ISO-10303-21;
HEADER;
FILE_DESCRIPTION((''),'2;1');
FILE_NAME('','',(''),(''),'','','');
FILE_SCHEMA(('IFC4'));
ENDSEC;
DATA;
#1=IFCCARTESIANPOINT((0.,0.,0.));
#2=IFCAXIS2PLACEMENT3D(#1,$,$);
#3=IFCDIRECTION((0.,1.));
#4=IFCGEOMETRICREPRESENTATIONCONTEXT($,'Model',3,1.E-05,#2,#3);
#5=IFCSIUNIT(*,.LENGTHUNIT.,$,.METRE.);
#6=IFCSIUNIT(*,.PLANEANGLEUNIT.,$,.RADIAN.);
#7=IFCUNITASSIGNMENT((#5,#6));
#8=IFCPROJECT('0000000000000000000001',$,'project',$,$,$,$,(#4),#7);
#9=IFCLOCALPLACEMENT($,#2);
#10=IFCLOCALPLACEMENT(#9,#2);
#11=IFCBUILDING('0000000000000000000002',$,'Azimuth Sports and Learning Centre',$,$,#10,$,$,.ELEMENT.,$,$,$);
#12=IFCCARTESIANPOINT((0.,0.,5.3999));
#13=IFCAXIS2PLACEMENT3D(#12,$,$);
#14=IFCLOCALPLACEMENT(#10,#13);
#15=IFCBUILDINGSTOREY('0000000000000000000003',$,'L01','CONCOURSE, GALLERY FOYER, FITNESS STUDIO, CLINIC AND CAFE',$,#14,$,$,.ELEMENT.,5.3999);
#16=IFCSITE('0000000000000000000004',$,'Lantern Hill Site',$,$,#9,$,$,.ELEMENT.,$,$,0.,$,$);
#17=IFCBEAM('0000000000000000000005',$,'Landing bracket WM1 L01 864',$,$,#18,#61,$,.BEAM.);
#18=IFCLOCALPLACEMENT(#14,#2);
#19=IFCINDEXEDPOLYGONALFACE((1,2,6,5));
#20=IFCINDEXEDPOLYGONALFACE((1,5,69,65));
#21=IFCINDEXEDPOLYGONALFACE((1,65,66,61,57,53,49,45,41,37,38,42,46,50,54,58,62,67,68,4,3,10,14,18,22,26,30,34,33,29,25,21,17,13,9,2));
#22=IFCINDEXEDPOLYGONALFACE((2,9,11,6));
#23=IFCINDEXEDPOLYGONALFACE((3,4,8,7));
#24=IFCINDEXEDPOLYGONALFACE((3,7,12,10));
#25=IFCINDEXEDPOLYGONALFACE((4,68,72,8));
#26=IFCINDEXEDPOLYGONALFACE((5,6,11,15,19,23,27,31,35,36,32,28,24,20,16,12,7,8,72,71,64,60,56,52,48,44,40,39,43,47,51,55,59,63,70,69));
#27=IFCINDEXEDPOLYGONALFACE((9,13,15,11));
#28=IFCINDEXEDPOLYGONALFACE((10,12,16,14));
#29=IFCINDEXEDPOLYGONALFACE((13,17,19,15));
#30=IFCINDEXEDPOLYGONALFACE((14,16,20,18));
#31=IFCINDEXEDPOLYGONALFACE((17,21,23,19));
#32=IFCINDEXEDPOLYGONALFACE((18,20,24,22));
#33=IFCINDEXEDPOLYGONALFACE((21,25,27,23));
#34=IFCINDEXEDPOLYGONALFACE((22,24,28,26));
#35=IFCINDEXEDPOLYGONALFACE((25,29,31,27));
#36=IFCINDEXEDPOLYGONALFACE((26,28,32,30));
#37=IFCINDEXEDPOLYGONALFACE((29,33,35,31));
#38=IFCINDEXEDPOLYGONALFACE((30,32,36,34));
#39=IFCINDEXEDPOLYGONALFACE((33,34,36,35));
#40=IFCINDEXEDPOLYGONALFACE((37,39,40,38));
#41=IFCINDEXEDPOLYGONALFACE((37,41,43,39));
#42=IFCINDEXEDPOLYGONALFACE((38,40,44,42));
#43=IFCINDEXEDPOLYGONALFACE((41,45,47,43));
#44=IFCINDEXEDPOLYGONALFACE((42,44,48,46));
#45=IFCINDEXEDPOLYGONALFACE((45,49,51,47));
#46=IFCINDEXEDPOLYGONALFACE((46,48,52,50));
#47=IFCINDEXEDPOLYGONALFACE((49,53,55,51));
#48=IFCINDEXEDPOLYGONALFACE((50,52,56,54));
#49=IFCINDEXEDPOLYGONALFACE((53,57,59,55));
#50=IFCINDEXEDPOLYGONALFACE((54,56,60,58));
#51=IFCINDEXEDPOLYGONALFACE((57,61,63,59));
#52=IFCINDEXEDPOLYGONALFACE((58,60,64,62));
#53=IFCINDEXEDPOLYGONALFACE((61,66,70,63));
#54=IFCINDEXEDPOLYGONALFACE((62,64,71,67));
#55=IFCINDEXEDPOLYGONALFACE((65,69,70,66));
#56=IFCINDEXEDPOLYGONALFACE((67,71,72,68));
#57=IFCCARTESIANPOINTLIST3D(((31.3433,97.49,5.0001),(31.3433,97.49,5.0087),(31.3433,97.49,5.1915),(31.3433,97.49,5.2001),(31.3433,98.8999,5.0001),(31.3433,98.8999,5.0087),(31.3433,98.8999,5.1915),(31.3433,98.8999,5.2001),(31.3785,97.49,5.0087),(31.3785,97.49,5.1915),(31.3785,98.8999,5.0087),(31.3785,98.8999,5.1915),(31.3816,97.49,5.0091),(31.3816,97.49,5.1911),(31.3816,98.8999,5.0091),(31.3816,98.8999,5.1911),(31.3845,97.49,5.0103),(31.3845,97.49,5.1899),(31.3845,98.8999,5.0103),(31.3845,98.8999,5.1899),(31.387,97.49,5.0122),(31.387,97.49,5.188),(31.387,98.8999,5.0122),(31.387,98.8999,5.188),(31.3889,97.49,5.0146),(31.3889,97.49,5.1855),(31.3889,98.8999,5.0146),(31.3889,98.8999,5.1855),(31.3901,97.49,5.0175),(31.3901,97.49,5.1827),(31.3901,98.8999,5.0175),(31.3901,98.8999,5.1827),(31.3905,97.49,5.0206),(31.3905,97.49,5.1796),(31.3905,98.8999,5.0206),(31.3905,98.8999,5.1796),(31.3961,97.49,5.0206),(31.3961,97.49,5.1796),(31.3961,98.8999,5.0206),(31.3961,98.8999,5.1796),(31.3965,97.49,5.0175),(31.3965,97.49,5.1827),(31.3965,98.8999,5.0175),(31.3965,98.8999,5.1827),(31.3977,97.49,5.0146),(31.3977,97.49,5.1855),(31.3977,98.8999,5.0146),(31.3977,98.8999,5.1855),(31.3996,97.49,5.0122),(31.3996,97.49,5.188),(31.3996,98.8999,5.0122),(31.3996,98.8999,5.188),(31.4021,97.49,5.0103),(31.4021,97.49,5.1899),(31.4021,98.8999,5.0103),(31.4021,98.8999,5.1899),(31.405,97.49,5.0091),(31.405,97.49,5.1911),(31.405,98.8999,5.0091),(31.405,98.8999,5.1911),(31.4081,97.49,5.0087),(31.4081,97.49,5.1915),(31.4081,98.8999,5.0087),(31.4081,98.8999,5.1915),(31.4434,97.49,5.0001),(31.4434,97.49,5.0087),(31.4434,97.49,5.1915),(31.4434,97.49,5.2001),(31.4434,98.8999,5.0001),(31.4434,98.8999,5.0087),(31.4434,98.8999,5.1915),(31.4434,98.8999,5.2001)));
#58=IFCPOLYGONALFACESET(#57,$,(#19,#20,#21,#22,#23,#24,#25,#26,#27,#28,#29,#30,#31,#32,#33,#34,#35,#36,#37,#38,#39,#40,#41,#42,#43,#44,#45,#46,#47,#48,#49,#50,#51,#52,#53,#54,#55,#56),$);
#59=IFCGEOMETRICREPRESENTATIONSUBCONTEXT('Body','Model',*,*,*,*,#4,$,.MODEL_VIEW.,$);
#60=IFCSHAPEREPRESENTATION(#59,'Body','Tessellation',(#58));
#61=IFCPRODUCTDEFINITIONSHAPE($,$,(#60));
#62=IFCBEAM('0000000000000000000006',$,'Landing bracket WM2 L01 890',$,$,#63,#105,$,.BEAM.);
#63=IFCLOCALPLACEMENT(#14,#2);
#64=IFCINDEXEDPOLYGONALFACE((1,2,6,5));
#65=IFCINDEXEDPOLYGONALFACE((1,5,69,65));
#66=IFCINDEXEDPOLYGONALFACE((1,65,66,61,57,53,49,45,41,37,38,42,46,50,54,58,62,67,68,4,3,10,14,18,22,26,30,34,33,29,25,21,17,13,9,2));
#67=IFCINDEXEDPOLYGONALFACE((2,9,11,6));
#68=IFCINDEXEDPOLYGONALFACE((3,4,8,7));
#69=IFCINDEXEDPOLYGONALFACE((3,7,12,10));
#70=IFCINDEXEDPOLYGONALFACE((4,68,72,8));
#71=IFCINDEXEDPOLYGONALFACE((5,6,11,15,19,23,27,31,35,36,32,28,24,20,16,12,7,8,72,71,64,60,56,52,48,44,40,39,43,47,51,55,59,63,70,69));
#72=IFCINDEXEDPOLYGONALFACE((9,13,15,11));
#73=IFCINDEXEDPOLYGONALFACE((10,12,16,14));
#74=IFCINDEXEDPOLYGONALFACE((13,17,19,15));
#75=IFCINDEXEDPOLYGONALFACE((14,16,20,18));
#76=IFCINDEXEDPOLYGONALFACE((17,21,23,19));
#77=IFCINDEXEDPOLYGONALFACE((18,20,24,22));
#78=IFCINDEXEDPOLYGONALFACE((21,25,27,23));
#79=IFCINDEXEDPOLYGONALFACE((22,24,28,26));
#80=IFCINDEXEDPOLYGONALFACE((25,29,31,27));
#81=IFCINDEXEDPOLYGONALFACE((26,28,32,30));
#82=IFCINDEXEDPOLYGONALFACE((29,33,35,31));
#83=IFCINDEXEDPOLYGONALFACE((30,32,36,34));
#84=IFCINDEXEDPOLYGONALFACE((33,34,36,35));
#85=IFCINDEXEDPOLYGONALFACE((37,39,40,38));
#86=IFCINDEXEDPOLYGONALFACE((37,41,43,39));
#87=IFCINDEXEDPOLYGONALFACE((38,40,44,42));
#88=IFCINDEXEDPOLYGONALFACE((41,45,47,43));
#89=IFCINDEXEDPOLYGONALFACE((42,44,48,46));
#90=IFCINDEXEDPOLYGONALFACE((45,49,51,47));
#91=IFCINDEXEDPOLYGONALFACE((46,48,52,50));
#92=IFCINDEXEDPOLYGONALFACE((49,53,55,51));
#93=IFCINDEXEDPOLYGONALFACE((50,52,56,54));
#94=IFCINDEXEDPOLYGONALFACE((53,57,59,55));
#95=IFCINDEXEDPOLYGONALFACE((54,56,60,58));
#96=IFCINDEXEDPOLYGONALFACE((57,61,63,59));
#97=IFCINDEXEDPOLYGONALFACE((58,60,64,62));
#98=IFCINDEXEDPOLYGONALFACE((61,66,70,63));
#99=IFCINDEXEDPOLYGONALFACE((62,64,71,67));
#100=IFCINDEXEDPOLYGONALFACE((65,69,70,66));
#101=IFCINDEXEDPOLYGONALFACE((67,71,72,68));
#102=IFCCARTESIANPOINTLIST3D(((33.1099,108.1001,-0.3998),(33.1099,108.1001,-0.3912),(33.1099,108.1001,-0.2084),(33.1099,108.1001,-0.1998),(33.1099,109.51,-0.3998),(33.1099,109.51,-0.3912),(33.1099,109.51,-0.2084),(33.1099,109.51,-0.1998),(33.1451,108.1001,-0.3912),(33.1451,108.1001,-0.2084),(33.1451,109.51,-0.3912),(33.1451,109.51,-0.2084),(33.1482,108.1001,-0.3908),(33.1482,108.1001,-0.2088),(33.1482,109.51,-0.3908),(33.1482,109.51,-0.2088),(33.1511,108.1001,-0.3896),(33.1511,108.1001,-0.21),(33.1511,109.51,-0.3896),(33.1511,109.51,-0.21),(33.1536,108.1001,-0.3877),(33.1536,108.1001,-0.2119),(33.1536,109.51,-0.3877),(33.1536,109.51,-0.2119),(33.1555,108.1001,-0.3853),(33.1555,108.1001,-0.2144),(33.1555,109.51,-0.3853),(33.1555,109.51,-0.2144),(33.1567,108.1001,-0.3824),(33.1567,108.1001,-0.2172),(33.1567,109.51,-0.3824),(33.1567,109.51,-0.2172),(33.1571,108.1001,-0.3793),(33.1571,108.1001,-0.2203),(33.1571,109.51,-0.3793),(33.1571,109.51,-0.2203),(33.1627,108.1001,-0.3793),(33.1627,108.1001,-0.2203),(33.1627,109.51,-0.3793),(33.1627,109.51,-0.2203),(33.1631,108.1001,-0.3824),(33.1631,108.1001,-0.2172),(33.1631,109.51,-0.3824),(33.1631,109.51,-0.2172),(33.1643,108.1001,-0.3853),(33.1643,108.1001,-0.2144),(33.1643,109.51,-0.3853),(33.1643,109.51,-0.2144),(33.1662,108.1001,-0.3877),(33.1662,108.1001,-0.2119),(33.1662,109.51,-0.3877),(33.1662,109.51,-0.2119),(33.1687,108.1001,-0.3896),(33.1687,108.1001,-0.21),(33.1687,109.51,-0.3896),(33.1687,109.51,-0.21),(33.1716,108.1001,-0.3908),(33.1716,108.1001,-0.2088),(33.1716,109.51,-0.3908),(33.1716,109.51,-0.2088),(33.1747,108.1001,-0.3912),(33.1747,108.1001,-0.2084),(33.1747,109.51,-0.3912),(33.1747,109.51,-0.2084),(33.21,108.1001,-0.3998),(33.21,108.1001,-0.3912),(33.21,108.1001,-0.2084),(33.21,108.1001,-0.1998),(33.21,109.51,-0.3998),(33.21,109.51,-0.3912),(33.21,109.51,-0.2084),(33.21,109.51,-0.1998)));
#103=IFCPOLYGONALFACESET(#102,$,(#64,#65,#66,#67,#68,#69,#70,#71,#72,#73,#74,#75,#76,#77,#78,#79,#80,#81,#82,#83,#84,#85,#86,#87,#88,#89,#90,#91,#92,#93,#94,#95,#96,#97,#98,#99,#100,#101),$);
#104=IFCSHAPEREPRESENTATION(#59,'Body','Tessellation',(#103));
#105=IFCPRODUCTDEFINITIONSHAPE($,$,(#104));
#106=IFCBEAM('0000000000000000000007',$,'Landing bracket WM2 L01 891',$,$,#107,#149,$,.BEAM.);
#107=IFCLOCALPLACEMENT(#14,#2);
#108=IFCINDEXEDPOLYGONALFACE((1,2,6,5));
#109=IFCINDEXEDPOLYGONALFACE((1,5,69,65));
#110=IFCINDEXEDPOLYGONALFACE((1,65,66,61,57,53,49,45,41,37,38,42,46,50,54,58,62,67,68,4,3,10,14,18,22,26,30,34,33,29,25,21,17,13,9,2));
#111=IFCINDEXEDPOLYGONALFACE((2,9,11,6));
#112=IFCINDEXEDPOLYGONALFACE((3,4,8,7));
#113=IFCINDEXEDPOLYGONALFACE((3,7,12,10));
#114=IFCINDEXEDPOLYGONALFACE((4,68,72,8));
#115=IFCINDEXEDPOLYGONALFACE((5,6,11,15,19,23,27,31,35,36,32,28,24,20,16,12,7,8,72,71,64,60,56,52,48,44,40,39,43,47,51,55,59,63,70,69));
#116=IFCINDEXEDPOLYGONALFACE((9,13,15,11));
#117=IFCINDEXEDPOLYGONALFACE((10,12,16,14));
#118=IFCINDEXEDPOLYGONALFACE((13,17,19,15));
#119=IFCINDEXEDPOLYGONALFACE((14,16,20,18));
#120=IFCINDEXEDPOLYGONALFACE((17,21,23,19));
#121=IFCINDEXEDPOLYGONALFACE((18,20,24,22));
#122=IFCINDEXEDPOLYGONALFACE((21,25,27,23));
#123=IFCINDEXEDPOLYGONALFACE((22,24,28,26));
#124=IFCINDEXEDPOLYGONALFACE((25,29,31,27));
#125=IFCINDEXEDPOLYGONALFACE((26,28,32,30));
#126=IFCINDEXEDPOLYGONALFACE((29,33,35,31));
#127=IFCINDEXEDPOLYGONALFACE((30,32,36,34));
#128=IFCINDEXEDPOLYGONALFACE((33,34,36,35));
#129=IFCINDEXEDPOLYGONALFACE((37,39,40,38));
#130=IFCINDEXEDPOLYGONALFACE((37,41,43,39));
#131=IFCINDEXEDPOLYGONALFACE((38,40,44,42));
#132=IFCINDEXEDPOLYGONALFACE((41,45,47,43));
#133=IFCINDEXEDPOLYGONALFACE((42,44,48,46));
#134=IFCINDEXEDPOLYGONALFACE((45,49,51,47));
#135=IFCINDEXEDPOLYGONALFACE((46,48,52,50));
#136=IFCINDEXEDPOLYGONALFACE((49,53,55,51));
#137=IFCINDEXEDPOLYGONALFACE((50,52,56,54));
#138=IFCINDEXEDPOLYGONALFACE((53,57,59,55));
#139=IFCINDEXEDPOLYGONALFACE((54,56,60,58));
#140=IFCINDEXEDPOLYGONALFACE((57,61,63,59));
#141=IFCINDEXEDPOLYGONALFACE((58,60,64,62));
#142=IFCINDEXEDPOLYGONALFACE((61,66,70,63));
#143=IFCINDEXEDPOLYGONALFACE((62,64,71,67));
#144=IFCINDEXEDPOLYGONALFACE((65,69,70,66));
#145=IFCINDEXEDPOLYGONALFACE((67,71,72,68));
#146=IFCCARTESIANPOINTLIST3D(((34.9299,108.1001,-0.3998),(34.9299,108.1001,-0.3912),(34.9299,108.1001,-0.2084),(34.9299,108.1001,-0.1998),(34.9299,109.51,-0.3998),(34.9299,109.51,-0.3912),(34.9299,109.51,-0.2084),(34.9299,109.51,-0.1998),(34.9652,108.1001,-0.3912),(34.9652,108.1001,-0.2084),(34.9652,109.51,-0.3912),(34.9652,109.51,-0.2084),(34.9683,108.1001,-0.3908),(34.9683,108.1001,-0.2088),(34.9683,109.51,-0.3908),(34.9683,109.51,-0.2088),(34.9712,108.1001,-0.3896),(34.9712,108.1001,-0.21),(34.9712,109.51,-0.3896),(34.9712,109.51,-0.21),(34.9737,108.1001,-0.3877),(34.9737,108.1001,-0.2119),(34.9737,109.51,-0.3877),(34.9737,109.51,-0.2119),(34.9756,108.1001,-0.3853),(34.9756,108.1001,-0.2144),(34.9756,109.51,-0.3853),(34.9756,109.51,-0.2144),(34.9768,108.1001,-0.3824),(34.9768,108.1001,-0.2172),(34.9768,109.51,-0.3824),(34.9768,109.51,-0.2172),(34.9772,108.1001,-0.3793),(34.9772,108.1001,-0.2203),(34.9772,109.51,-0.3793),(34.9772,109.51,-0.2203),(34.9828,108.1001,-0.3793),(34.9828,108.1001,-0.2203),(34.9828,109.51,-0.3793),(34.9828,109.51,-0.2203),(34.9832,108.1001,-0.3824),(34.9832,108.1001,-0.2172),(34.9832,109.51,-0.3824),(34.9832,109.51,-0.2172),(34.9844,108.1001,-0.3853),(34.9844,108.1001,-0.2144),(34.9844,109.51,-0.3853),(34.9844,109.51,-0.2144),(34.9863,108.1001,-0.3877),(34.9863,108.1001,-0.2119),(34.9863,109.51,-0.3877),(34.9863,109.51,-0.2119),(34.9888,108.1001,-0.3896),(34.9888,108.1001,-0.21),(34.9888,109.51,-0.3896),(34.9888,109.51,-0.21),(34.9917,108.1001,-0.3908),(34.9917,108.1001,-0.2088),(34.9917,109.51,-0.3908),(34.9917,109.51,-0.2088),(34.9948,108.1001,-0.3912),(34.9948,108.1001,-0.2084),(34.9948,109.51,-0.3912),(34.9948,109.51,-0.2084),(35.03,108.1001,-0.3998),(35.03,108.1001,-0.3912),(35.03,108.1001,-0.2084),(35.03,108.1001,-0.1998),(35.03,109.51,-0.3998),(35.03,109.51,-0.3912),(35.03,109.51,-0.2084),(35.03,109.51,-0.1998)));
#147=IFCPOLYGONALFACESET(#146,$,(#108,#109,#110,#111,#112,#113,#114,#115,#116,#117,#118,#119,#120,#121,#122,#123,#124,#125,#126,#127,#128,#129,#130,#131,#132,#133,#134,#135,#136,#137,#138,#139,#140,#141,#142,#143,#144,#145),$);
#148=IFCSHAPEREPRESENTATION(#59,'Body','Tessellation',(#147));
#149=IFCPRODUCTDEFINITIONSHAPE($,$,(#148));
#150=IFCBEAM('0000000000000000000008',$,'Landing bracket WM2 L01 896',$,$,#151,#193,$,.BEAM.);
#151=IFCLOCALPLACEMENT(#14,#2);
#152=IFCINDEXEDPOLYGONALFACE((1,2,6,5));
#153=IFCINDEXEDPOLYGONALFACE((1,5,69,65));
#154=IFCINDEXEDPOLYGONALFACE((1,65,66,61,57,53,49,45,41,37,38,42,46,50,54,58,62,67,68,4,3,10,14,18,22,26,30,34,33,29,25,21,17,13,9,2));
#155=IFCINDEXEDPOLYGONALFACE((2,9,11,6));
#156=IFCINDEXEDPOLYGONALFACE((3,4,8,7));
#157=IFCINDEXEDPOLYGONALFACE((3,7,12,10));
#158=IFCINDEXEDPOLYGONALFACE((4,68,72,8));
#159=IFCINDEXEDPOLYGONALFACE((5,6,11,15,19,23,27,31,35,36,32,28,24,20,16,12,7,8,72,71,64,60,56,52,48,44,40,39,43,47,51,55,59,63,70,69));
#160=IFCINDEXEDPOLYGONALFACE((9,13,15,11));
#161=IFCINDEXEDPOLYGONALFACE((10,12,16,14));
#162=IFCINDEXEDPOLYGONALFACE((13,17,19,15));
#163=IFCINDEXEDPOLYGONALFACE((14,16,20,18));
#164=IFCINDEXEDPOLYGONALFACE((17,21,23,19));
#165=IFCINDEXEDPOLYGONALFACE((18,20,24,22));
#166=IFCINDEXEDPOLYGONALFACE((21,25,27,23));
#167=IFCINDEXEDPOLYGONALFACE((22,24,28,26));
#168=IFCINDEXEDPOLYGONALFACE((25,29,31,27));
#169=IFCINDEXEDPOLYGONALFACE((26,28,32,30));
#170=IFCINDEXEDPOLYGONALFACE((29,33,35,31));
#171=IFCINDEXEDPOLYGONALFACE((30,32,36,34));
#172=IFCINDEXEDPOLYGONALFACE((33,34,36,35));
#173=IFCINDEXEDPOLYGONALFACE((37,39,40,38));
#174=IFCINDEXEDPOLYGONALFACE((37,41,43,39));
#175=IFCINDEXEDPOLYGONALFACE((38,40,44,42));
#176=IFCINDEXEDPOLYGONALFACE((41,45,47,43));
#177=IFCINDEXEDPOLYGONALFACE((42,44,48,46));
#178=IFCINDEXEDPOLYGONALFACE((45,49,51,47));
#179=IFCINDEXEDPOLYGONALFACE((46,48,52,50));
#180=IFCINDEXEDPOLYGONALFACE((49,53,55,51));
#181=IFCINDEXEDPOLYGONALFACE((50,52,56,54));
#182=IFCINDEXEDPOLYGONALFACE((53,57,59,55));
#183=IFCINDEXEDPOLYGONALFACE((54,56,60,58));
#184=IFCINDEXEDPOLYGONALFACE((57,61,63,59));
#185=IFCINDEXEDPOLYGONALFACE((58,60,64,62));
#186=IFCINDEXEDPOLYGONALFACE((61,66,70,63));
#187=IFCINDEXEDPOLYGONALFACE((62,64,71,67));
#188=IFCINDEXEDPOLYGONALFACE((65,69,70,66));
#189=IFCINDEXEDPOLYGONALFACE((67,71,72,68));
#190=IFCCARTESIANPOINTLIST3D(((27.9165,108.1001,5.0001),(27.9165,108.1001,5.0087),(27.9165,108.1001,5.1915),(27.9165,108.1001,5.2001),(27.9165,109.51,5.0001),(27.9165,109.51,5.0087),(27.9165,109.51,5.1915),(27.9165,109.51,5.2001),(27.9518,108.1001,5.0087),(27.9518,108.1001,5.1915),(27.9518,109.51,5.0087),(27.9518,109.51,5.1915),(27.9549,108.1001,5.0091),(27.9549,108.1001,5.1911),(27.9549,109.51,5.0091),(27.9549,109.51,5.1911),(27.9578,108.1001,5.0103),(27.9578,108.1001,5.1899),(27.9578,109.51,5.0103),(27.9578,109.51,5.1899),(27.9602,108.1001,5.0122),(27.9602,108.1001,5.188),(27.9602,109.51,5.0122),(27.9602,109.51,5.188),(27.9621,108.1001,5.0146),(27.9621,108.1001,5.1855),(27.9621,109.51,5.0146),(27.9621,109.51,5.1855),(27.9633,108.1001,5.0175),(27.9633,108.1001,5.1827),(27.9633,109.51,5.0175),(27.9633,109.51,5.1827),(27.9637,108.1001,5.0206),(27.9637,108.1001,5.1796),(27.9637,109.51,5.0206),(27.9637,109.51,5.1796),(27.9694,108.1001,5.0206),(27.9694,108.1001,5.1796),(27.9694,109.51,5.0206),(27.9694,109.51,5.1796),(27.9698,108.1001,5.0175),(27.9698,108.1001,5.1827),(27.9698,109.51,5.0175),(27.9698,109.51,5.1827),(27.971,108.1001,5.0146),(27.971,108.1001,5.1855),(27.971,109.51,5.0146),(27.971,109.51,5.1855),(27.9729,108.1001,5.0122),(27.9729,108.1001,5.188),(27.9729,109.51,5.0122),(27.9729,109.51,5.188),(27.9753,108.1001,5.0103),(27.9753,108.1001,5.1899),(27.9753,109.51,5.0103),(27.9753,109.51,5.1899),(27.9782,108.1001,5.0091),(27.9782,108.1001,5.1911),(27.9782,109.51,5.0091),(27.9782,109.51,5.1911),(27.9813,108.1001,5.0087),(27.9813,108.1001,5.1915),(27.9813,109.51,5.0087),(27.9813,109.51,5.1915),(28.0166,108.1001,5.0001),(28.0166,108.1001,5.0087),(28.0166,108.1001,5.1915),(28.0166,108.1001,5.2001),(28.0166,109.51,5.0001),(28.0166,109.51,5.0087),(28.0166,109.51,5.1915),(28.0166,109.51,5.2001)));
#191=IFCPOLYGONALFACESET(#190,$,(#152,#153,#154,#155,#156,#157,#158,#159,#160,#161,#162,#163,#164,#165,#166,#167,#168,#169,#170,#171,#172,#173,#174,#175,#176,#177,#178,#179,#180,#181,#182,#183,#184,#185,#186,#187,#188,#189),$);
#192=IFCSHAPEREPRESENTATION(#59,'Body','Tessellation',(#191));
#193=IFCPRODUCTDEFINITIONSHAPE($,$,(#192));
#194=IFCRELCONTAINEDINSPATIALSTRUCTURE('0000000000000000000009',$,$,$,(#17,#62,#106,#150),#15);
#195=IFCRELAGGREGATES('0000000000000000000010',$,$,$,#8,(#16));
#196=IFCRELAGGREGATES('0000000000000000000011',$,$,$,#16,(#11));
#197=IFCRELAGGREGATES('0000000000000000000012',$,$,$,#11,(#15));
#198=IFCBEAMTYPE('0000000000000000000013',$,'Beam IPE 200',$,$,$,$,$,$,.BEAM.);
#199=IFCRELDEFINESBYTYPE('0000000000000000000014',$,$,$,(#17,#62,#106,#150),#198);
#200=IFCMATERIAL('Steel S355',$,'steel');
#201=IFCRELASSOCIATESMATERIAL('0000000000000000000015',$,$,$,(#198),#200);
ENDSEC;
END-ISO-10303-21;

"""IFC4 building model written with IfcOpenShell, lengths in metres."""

from ifc_helpers import new_model, si_unit, direction, frame, origin, origin_2d, place, context, subcontext, project, spatial, i_section, extrude, material, material_profile, profile_set, type_object, element, save


model = new_model("IFC4")

# Units and contexts
model_context = context("Model", 3, precision=1e-05, world=origin(), true_north=direction((0.0, 1.0)))
body_context = subcontext(model_context, "Body", "Model", "MODEL_VIEW")
ifc_project = project(units=[si_unit("LENGTHUNIT", "METRE"), si_unit("PLANEANGLEUNIT", "RADIAN")], contexts=[model_context])

# Site, building, storey
site_placement = place(None, origin())
site = spatial("IfcSite", under=ifc_project, at=site_placement, Name="Lantern Hill Site", CompositionType="ELEMENT", RefElevation=0.0)
building_placement = place(site_placement, origin())
building = spatial("IfcBuilding", under=site, at=building_placement, Name="Azimuth Sports and Learning Centre", CompositionType="ELEMENT")
storey_placement = place(building_placement, frame((0.0, 0.0, 5.3999)))
storey = spatial("IfcBuildingStorey", under=building, at=storey_placement, Name="L01", Description="CONCOURSE, GALLERY FOYER, FITNESS STUDIO, CLINIC AND CAFE", CompositionType="ELEMENT", Elevation=5.3999)

# Beams
ifc_material_1 = material(Name="Steel S355", Category="steel")
ifc_material_profile_1 = material_profile(ifc_material_1, i_section(OverallWidth=0.1001, OverallDepth=0.2, WebThickness=0.0056, FlangeThickness=0.0085, FilletRadius=0.012, at=origin_2d()), Name="IPE 200")
ifc_profile_set_1 = profile_set([ifc_material_profile_1], Name="Steel S355")
beam_type_1 = type_object("IfcBeamType", Name="Beam IPE 200", PredefinedType="BEAM", material=ifc_profile_set_1)
for number, where, z_axis, x_axis, name in (
    (1, (31.3933, 98.8999, 5.1001), (0.0, -1.0, 0.0), (1.0, 0.0, 0.0), "Landing bracket WM1 L01 864"),
    (2, (33.1599, 108.1001, -0.2998), (0.0, 1.0, 0.0), (-1.0, 0.0, 0.0), "Landing bracket WM2 L01 890"),
    (3, (34.98, 108.1001, -0.2998), (0.0, 1.0, 0.0), (-1.0, 0.0, 0.0), "Landing bracket WM2 L01 891"),
    (4, (27.9666, 108.1001, 5.1001), (0.0, 1.0, 0.0), (-1.0, 0.0, 0.0), "Landing bracket WM2 L01 896"),
):
    element("IfcBeam", number, at=place(storey_placement, frame(where, z_axis=z_axis, x_axis=x_axis)), inside=storey, type_object=beam_type_1, Name=name, PredefinedType="BEAM", context=body_context, shape_type="SweptSolid", body=[
        extrude(i_section(OverallWidth=0.1001, OverallDepth=0.2, WebThickness=0.0056, FlangeThickness=0.0085, FilletRadius=0.012, at=origin_2d()), origin(), (0.0, 0.0, 1.0), 1.4099),
    ])

save(model, "model.ifc")
